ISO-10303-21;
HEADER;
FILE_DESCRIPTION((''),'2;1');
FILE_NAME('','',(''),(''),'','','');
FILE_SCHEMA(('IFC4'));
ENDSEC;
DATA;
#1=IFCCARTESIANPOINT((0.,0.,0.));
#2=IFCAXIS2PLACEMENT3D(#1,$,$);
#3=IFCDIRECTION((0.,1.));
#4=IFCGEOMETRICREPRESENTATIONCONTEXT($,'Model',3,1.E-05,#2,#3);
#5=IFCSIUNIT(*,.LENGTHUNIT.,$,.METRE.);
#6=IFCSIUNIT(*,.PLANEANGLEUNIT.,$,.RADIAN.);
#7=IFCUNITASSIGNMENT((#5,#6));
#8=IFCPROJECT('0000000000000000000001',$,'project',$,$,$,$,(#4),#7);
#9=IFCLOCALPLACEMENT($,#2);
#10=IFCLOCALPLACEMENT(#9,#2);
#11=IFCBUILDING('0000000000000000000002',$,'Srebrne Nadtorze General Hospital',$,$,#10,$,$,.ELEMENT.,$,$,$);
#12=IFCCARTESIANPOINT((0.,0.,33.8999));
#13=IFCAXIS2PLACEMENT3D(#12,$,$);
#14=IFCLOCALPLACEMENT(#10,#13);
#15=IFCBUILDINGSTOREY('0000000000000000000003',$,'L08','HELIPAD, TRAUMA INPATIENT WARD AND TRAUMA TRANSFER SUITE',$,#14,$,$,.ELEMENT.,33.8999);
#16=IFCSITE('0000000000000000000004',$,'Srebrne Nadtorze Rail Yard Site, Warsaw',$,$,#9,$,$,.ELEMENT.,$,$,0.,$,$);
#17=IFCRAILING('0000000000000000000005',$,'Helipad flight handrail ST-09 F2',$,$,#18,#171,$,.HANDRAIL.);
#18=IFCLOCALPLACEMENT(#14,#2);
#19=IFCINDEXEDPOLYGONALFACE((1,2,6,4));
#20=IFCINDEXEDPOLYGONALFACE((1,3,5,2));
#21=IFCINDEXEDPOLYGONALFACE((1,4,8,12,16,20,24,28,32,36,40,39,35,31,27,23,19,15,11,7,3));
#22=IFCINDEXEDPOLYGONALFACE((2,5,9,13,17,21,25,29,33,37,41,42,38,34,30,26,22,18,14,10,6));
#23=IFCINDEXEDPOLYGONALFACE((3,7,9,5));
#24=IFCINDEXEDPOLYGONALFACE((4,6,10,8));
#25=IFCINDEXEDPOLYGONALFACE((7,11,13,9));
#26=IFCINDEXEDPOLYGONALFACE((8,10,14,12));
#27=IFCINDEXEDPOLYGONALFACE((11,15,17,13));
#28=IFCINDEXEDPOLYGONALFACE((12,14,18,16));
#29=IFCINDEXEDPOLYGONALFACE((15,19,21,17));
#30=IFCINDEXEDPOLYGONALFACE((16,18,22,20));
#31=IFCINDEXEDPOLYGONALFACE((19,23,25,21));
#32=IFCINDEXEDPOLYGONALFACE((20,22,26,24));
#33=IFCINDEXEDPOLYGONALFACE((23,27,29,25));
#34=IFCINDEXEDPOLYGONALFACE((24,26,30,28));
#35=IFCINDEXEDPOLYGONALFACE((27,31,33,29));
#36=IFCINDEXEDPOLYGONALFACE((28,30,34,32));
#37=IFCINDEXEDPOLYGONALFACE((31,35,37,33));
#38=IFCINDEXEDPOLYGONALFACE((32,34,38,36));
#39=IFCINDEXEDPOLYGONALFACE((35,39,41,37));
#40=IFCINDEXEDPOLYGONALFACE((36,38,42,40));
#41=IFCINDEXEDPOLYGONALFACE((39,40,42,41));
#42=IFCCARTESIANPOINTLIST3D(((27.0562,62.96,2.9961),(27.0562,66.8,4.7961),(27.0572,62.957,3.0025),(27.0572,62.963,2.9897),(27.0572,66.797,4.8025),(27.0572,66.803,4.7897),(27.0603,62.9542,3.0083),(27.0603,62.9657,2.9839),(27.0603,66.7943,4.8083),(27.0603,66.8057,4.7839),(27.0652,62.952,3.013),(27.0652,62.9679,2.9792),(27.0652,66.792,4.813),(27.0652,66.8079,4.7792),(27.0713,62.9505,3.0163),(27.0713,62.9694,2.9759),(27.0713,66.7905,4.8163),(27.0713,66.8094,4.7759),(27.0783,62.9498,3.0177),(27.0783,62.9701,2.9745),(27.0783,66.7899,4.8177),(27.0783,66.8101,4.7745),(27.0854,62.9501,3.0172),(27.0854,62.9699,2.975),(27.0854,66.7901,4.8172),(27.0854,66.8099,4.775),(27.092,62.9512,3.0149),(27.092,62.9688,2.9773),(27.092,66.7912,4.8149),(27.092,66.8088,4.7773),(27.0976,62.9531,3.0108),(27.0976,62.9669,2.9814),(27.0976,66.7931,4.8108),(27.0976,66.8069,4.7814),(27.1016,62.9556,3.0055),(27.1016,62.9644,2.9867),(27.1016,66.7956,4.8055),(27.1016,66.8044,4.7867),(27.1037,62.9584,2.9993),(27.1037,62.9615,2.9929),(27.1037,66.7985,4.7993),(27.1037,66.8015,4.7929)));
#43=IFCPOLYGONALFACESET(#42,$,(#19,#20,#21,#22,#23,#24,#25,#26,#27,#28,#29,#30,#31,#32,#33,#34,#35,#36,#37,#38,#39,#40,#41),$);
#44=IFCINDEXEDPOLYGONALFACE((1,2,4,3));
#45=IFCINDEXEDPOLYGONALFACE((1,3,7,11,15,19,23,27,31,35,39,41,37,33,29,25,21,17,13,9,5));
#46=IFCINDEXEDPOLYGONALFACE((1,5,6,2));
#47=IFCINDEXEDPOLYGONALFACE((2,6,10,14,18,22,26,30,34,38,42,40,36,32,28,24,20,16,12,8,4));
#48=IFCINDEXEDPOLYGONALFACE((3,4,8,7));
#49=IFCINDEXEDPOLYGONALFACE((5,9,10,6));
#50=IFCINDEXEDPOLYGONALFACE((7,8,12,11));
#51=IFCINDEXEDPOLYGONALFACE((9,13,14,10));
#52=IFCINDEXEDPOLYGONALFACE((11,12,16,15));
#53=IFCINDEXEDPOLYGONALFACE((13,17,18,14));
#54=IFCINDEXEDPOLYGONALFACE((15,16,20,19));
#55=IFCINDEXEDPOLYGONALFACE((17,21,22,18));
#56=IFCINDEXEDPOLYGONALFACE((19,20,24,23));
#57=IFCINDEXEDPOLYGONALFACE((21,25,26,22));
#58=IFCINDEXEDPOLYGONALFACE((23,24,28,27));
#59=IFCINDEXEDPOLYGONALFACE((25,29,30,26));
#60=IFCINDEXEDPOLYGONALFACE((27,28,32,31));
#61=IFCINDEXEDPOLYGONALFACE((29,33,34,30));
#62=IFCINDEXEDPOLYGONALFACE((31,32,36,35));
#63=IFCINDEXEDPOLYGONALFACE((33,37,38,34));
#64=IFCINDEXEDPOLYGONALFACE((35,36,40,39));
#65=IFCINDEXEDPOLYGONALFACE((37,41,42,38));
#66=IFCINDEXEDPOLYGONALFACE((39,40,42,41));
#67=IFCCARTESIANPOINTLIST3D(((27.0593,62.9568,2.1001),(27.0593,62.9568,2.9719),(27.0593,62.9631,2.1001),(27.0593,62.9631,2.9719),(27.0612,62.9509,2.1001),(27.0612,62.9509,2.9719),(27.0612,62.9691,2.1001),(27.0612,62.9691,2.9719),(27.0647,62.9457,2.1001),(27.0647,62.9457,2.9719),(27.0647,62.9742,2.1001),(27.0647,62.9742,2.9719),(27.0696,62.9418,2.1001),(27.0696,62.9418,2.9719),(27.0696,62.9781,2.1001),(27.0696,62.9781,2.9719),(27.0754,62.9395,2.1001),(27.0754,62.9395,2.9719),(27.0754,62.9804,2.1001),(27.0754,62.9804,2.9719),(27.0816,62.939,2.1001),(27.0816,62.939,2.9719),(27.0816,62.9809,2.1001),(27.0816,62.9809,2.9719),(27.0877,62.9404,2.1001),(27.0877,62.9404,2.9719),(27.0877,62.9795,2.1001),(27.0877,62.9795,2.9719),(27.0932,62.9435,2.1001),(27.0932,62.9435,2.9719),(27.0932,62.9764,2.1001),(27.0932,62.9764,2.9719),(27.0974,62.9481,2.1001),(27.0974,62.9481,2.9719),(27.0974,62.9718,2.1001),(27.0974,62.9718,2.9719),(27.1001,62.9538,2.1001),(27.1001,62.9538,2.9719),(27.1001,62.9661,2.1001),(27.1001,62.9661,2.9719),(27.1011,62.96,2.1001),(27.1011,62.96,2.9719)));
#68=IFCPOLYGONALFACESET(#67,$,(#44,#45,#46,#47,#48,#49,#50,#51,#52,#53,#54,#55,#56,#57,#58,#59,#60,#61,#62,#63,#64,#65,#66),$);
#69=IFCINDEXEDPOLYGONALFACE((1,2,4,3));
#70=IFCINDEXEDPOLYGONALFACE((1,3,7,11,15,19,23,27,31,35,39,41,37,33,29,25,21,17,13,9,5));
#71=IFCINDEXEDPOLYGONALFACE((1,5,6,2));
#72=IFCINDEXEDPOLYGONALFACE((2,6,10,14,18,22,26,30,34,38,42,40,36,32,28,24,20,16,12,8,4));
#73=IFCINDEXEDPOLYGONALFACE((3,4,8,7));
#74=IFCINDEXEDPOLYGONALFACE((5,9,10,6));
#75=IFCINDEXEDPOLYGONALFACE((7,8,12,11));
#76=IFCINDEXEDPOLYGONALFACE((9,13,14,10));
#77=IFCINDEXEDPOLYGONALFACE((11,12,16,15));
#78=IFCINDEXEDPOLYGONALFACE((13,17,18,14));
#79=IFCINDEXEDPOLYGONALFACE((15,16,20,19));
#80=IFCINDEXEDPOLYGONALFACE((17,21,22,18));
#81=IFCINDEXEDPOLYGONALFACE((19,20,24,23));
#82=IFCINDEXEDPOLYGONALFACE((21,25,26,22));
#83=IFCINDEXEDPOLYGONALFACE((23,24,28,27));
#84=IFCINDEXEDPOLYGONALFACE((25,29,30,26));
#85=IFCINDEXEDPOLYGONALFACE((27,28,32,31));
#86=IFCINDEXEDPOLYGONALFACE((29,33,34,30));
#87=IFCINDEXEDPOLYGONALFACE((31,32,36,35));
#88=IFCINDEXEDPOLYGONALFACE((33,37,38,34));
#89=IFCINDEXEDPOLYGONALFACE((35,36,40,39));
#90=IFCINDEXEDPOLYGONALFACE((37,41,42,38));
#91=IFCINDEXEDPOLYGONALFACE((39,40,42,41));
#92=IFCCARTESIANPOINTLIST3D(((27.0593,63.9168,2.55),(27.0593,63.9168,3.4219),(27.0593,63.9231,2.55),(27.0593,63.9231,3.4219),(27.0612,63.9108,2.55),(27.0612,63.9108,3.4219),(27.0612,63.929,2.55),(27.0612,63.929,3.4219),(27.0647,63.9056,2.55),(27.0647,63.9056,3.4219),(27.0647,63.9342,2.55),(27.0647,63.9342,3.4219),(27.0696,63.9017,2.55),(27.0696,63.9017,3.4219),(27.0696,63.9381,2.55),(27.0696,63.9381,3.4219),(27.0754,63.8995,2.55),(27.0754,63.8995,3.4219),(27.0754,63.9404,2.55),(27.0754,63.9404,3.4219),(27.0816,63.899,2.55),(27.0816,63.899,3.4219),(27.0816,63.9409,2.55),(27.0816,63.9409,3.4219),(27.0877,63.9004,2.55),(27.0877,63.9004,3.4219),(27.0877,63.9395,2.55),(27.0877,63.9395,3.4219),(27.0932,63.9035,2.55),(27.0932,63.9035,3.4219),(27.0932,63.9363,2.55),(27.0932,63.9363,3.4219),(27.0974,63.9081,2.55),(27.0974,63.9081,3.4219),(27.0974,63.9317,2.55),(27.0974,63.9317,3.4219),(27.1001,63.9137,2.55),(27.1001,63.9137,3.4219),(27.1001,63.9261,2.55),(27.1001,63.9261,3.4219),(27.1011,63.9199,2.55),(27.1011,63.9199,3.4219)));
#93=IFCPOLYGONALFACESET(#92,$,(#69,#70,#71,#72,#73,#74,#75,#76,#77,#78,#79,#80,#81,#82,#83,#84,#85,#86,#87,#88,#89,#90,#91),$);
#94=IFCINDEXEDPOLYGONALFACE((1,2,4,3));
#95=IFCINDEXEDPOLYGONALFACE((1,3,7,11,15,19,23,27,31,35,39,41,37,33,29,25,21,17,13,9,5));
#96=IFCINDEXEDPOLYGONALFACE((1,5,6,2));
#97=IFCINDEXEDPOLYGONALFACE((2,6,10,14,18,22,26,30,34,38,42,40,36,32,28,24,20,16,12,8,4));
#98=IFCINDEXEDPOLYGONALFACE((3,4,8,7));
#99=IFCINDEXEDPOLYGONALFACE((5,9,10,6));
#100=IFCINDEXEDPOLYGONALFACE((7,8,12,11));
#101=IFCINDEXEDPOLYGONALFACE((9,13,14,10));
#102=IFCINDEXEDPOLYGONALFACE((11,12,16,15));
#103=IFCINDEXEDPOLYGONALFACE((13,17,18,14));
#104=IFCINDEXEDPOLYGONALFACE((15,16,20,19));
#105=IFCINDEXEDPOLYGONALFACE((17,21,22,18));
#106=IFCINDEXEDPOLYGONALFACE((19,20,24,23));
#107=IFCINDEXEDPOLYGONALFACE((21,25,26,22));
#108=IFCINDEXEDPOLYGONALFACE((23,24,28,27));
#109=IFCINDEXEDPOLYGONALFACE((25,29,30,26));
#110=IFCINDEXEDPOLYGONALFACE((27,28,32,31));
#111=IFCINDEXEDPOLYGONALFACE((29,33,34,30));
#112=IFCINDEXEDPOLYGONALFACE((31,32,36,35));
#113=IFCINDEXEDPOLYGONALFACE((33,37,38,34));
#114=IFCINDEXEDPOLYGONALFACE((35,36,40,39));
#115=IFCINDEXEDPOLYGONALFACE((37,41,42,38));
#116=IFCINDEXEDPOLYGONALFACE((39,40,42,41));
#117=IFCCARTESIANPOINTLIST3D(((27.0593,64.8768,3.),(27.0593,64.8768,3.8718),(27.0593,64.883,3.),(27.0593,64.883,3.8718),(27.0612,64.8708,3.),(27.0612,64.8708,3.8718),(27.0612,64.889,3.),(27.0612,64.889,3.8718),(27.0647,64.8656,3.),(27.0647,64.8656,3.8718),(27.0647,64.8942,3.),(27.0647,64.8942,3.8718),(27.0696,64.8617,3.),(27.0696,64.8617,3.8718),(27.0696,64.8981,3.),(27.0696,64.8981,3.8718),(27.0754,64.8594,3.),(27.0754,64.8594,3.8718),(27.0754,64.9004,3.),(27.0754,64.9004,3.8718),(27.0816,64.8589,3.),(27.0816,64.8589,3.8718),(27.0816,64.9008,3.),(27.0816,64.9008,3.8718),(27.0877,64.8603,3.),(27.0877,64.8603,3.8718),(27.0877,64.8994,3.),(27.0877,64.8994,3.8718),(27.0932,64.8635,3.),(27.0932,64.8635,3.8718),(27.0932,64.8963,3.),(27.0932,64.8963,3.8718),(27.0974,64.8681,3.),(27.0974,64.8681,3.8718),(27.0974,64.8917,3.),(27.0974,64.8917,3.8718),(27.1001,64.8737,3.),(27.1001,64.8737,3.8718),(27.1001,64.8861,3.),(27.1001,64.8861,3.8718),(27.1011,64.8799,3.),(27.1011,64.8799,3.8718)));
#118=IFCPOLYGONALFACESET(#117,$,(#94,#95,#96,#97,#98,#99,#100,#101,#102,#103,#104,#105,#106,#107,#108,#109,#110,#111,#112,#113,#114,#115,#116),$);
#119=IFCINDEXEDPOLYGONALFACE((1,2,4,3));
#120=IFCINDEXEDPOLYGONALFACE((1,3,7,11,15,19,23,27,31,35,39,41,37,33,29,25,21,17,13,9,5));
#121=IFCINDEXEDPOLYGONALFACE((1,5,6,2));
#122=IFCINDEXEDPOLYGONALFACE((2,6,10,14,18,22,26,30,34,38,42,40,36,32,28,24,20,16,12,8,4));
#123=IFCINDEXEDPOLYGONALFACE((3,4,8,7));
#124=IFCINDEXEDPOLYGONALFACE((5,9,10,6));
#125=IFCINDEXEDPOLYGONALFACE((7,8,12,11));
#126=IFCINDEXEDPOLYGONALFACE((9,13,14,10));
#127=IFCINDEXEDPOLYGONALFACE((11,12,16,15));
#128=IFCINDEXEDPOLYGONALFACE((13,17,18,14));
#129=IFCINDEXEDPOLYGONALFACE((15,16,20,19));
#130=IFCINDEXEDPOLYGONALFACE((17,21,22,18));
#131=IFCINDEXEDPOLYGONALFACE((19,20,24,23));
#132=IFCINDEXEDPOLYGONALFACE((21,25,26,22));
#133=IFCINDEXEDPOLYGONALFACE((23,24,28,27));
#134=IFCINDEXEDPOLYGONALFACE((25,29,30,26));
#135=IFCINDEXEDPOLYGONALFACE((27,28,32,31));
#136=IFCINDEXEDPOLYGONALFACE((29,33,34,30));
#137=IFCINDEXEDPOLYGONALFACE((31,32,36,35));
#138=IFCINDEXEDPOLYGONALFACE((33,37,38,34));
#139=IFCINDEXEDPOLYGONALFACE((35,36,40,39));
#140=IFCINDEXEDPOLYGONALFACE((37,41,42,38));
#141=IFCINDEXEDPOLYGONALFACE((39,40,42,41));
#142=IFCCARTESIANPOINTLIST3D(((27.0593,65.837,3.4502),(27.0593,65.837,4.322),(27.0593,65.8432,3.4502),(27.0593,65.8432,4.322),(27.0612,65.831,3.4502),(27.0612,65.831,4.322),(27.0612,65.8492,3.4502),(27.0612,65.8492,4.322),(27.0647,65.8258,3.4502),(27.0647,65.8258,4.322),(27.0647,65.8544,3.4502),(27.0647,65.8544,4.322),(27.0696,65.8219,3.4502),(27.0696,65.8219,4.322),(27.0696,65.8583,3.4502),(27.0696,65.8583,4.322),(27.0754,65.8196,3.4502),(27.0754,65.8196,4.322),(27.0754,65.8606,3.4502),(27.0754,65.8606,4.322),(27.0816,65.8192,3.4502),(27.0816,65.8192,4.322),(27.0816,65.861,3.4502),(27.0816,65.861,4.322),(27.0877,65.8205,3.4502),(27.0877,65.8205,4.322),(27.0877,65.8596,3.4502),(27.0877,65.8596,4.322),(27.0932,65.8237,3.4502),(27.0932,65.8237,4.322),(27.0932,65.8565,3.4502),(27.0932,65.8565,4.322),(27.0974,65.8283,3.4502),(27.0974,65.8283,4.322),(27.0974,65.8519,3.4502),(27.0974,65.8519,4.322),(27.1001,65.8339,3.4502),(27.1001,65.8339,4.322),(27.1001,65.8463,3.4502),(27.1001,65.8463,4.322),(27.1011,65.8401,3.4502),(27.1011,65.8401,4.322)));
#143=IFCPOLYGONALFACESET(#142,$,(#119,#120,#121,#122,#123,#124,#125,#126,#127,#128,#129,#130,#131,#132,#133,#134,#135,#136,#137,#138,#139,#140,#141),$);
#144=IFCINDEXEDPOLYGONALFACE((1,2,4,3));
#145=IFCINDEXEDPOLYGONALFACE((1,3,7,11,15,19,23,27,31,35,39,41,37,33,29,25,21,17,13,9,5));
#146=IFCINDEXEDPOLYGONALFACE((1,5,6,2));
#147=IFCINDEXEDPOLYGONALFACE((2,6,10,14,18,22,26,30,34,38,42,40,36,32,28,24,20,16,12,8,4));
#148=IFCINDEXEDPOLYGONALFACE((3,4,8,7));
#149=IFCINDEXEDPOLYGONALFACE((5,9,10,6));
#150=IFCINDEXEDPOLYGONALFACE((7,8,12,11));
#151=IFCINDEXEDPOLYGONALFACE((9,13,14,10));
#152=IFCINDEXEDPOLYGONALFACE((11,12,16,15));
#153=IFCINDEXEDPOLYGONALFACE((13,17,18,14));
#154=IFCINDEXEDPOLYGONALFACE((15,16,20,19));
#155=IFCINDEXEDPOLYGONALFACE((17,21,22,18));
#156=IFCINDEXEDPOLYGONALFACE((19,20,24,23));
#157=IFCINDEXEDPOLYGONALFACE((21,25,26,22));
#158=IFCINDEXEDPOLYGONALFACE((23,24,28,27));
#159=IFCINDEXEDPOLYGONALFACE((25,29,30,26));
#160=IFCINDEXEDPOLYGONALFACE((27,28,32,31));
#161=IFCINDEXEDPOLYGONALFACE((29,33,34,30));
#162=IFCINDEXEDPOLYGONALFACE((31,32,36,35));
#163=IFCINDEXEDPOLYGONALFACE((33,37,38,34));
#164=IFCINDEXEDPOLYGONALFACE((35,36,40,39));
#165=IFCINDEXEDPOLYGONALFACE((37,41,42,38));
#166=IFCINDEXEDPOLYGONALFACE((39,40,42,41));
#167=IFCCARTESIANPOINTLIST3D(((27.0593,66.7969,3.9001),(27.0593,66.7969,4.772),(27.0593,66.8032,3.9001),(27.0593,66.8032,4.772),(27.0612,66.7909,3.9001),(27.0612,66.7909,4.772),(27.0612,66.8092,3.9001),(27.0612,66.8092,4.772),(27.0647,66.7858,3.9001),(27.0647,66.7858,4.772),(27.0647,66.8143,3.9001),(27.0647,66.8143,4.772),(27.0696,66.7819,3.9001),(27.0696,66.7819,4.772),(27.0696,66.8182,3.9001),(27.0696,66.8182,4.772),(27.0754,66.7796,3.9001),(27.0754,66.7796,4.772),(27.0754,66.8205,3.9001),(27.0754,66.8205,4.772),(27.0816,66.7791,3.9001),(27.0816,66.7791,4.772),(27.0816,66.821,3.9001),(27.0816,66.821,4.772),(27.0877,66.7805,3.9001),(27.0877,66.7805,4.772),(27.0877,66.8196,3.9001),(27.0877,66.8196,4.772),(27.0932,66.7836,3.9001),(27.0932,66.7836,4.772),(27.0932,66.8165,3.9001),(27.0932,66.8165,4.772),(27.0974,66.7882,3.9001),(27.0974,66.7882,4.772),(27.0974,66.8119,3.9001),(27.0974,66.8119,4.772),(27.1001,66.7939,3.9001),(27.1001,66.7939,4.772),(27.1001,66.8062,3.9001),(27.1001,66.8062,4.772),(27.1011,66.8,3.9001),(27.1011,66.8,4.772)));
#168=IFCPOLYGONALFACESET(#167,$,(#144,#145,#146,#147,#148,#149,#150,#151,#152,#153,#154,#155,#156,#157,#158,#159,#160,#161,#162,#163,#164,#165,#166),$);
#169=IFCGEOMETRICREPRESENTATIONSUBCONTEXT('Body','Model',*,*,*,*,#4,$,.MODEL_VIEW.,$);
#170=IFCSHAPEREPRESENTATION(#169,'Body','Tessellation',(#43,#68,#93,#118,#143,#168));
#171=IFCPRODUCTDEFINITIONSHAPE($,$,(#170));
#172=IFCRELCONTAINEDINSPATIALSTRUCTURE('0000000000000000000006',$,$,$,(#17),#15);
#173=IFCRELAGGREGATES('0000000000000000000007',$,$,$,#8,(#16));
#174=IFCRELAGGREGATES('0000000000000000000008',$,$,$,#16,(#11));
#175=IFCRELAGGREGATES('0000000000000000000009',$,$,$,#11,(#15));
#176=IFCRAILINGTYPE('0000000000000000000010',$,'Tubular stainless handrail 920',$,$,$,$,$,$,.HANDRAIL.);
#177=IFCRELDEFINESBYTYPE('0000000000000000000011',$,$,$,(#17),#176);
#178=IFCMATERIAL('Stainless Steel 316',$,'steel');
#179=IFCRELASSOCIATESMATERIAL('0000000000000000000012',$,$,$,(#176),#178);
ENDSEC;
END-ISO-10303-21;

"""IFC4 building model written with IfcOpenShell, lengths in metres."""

from ifc_helpers import new_model, si_unit, direction, frame, origin, origin_2d, place, context, subcontext, project, spatial, circle, extrude, material, type_object, element, save


model = new_model("IFC4")

# Units and contexts
model_context = context("Model", 3, precision=1e-05, world=origin(), true_north=direction((0.0, 1.0)))
body_context = subcontext(model_context, "Body", "Model", "MODEL_VIEW")
ifc_project = project(units=[si_unit("LENGTHUNIT", "METRE"), si_unit("PLANEANGLEUNIT", "RADIAN")], contexts=[model_context])

# Site, building, storey
site_placement = place(None, origin())
site = spatial("IfcSite", under=ifc_project, at=site_placement, Name="Srebrne Nadtorze Rail Yard Site, Warsaw", CompositionType="ELEMENT", RefElevation=0.0)
building_placement = place(site_placement, origin())
building = spatial("IfcBuilding", under=site, at=building_placement, Name="Srebrne Nadtorze General Hospital", CompositionType="ELEMENT")
storey_placement = place(building_placement, frame((0.0, 0.0, 33.8999)))
storey = spatial("IfcBuildingStorey", under=building, at=storey_placement, Name="L08", Description="HELIPAD, TRAUMA INPATIENT WARD AND TRAUMA TRANSFER SUITE", CompositionType="ELEMENT", Elevation=33.8999)

# Railing
ifc_material_1 = material(Name="Stainless Steel 316", Category="steel")
railing_type_1 = type_object("IfcRailingType", Name="Tubular stainless handrail 920", PredefinedType="HANDRAIL", material=ifc_material_1)
railing_1_placement = place(storey_placement, frame((27.0801, 62.96, 2.1001)))
element("IfcRailing", 1, at=railing_1_placement, inside=storey, type_object=railing_type_1, Name="Helipad flight handrail ST-09 F2", PredefinedType="HANDRAIL", context=body_context, shape_type="SweptSolid", body=[
    extrude(circle(Radius=0.0239, at=origin_2d()), frame((0.0, 0.0, 0.896), z_axis=(0.0, 0.905458, 0.424435), x_axis=(-1.0, 0.0, 0.0)), (0.0, 0.0, 1.0), 4.241),
    extrude(circle(Radius=0.021, at=origin_2d()), origin(), (0.0, 0.0, 1.0), 0.8718),
    extrude(circle(Radius=0.021, at=origin_2d()), frame((0.0, 0.96, 0.45)), (0.0, 0.0, 1.0), 0.8718),
    extrude(circle(Radius=0.021, at=origin_2d()), frame((0.0, 1.9199, 0.8999)), (0.0, 0.0, 1.0), 0.8718),
    extrude(circle(Radius=0.021, at=origin_2d()), frame((0.0, 2.8801, 1.3501)), (0.0, 0.0, 1.0), 0.8718),
    extrude(circle(Radius=0.021, at=origin_2d()), frame((0.0, 3.8401, 1.8)), (0.0, 0.0, 1.0), 0.8718),
])

save(model, "model.ifc")
